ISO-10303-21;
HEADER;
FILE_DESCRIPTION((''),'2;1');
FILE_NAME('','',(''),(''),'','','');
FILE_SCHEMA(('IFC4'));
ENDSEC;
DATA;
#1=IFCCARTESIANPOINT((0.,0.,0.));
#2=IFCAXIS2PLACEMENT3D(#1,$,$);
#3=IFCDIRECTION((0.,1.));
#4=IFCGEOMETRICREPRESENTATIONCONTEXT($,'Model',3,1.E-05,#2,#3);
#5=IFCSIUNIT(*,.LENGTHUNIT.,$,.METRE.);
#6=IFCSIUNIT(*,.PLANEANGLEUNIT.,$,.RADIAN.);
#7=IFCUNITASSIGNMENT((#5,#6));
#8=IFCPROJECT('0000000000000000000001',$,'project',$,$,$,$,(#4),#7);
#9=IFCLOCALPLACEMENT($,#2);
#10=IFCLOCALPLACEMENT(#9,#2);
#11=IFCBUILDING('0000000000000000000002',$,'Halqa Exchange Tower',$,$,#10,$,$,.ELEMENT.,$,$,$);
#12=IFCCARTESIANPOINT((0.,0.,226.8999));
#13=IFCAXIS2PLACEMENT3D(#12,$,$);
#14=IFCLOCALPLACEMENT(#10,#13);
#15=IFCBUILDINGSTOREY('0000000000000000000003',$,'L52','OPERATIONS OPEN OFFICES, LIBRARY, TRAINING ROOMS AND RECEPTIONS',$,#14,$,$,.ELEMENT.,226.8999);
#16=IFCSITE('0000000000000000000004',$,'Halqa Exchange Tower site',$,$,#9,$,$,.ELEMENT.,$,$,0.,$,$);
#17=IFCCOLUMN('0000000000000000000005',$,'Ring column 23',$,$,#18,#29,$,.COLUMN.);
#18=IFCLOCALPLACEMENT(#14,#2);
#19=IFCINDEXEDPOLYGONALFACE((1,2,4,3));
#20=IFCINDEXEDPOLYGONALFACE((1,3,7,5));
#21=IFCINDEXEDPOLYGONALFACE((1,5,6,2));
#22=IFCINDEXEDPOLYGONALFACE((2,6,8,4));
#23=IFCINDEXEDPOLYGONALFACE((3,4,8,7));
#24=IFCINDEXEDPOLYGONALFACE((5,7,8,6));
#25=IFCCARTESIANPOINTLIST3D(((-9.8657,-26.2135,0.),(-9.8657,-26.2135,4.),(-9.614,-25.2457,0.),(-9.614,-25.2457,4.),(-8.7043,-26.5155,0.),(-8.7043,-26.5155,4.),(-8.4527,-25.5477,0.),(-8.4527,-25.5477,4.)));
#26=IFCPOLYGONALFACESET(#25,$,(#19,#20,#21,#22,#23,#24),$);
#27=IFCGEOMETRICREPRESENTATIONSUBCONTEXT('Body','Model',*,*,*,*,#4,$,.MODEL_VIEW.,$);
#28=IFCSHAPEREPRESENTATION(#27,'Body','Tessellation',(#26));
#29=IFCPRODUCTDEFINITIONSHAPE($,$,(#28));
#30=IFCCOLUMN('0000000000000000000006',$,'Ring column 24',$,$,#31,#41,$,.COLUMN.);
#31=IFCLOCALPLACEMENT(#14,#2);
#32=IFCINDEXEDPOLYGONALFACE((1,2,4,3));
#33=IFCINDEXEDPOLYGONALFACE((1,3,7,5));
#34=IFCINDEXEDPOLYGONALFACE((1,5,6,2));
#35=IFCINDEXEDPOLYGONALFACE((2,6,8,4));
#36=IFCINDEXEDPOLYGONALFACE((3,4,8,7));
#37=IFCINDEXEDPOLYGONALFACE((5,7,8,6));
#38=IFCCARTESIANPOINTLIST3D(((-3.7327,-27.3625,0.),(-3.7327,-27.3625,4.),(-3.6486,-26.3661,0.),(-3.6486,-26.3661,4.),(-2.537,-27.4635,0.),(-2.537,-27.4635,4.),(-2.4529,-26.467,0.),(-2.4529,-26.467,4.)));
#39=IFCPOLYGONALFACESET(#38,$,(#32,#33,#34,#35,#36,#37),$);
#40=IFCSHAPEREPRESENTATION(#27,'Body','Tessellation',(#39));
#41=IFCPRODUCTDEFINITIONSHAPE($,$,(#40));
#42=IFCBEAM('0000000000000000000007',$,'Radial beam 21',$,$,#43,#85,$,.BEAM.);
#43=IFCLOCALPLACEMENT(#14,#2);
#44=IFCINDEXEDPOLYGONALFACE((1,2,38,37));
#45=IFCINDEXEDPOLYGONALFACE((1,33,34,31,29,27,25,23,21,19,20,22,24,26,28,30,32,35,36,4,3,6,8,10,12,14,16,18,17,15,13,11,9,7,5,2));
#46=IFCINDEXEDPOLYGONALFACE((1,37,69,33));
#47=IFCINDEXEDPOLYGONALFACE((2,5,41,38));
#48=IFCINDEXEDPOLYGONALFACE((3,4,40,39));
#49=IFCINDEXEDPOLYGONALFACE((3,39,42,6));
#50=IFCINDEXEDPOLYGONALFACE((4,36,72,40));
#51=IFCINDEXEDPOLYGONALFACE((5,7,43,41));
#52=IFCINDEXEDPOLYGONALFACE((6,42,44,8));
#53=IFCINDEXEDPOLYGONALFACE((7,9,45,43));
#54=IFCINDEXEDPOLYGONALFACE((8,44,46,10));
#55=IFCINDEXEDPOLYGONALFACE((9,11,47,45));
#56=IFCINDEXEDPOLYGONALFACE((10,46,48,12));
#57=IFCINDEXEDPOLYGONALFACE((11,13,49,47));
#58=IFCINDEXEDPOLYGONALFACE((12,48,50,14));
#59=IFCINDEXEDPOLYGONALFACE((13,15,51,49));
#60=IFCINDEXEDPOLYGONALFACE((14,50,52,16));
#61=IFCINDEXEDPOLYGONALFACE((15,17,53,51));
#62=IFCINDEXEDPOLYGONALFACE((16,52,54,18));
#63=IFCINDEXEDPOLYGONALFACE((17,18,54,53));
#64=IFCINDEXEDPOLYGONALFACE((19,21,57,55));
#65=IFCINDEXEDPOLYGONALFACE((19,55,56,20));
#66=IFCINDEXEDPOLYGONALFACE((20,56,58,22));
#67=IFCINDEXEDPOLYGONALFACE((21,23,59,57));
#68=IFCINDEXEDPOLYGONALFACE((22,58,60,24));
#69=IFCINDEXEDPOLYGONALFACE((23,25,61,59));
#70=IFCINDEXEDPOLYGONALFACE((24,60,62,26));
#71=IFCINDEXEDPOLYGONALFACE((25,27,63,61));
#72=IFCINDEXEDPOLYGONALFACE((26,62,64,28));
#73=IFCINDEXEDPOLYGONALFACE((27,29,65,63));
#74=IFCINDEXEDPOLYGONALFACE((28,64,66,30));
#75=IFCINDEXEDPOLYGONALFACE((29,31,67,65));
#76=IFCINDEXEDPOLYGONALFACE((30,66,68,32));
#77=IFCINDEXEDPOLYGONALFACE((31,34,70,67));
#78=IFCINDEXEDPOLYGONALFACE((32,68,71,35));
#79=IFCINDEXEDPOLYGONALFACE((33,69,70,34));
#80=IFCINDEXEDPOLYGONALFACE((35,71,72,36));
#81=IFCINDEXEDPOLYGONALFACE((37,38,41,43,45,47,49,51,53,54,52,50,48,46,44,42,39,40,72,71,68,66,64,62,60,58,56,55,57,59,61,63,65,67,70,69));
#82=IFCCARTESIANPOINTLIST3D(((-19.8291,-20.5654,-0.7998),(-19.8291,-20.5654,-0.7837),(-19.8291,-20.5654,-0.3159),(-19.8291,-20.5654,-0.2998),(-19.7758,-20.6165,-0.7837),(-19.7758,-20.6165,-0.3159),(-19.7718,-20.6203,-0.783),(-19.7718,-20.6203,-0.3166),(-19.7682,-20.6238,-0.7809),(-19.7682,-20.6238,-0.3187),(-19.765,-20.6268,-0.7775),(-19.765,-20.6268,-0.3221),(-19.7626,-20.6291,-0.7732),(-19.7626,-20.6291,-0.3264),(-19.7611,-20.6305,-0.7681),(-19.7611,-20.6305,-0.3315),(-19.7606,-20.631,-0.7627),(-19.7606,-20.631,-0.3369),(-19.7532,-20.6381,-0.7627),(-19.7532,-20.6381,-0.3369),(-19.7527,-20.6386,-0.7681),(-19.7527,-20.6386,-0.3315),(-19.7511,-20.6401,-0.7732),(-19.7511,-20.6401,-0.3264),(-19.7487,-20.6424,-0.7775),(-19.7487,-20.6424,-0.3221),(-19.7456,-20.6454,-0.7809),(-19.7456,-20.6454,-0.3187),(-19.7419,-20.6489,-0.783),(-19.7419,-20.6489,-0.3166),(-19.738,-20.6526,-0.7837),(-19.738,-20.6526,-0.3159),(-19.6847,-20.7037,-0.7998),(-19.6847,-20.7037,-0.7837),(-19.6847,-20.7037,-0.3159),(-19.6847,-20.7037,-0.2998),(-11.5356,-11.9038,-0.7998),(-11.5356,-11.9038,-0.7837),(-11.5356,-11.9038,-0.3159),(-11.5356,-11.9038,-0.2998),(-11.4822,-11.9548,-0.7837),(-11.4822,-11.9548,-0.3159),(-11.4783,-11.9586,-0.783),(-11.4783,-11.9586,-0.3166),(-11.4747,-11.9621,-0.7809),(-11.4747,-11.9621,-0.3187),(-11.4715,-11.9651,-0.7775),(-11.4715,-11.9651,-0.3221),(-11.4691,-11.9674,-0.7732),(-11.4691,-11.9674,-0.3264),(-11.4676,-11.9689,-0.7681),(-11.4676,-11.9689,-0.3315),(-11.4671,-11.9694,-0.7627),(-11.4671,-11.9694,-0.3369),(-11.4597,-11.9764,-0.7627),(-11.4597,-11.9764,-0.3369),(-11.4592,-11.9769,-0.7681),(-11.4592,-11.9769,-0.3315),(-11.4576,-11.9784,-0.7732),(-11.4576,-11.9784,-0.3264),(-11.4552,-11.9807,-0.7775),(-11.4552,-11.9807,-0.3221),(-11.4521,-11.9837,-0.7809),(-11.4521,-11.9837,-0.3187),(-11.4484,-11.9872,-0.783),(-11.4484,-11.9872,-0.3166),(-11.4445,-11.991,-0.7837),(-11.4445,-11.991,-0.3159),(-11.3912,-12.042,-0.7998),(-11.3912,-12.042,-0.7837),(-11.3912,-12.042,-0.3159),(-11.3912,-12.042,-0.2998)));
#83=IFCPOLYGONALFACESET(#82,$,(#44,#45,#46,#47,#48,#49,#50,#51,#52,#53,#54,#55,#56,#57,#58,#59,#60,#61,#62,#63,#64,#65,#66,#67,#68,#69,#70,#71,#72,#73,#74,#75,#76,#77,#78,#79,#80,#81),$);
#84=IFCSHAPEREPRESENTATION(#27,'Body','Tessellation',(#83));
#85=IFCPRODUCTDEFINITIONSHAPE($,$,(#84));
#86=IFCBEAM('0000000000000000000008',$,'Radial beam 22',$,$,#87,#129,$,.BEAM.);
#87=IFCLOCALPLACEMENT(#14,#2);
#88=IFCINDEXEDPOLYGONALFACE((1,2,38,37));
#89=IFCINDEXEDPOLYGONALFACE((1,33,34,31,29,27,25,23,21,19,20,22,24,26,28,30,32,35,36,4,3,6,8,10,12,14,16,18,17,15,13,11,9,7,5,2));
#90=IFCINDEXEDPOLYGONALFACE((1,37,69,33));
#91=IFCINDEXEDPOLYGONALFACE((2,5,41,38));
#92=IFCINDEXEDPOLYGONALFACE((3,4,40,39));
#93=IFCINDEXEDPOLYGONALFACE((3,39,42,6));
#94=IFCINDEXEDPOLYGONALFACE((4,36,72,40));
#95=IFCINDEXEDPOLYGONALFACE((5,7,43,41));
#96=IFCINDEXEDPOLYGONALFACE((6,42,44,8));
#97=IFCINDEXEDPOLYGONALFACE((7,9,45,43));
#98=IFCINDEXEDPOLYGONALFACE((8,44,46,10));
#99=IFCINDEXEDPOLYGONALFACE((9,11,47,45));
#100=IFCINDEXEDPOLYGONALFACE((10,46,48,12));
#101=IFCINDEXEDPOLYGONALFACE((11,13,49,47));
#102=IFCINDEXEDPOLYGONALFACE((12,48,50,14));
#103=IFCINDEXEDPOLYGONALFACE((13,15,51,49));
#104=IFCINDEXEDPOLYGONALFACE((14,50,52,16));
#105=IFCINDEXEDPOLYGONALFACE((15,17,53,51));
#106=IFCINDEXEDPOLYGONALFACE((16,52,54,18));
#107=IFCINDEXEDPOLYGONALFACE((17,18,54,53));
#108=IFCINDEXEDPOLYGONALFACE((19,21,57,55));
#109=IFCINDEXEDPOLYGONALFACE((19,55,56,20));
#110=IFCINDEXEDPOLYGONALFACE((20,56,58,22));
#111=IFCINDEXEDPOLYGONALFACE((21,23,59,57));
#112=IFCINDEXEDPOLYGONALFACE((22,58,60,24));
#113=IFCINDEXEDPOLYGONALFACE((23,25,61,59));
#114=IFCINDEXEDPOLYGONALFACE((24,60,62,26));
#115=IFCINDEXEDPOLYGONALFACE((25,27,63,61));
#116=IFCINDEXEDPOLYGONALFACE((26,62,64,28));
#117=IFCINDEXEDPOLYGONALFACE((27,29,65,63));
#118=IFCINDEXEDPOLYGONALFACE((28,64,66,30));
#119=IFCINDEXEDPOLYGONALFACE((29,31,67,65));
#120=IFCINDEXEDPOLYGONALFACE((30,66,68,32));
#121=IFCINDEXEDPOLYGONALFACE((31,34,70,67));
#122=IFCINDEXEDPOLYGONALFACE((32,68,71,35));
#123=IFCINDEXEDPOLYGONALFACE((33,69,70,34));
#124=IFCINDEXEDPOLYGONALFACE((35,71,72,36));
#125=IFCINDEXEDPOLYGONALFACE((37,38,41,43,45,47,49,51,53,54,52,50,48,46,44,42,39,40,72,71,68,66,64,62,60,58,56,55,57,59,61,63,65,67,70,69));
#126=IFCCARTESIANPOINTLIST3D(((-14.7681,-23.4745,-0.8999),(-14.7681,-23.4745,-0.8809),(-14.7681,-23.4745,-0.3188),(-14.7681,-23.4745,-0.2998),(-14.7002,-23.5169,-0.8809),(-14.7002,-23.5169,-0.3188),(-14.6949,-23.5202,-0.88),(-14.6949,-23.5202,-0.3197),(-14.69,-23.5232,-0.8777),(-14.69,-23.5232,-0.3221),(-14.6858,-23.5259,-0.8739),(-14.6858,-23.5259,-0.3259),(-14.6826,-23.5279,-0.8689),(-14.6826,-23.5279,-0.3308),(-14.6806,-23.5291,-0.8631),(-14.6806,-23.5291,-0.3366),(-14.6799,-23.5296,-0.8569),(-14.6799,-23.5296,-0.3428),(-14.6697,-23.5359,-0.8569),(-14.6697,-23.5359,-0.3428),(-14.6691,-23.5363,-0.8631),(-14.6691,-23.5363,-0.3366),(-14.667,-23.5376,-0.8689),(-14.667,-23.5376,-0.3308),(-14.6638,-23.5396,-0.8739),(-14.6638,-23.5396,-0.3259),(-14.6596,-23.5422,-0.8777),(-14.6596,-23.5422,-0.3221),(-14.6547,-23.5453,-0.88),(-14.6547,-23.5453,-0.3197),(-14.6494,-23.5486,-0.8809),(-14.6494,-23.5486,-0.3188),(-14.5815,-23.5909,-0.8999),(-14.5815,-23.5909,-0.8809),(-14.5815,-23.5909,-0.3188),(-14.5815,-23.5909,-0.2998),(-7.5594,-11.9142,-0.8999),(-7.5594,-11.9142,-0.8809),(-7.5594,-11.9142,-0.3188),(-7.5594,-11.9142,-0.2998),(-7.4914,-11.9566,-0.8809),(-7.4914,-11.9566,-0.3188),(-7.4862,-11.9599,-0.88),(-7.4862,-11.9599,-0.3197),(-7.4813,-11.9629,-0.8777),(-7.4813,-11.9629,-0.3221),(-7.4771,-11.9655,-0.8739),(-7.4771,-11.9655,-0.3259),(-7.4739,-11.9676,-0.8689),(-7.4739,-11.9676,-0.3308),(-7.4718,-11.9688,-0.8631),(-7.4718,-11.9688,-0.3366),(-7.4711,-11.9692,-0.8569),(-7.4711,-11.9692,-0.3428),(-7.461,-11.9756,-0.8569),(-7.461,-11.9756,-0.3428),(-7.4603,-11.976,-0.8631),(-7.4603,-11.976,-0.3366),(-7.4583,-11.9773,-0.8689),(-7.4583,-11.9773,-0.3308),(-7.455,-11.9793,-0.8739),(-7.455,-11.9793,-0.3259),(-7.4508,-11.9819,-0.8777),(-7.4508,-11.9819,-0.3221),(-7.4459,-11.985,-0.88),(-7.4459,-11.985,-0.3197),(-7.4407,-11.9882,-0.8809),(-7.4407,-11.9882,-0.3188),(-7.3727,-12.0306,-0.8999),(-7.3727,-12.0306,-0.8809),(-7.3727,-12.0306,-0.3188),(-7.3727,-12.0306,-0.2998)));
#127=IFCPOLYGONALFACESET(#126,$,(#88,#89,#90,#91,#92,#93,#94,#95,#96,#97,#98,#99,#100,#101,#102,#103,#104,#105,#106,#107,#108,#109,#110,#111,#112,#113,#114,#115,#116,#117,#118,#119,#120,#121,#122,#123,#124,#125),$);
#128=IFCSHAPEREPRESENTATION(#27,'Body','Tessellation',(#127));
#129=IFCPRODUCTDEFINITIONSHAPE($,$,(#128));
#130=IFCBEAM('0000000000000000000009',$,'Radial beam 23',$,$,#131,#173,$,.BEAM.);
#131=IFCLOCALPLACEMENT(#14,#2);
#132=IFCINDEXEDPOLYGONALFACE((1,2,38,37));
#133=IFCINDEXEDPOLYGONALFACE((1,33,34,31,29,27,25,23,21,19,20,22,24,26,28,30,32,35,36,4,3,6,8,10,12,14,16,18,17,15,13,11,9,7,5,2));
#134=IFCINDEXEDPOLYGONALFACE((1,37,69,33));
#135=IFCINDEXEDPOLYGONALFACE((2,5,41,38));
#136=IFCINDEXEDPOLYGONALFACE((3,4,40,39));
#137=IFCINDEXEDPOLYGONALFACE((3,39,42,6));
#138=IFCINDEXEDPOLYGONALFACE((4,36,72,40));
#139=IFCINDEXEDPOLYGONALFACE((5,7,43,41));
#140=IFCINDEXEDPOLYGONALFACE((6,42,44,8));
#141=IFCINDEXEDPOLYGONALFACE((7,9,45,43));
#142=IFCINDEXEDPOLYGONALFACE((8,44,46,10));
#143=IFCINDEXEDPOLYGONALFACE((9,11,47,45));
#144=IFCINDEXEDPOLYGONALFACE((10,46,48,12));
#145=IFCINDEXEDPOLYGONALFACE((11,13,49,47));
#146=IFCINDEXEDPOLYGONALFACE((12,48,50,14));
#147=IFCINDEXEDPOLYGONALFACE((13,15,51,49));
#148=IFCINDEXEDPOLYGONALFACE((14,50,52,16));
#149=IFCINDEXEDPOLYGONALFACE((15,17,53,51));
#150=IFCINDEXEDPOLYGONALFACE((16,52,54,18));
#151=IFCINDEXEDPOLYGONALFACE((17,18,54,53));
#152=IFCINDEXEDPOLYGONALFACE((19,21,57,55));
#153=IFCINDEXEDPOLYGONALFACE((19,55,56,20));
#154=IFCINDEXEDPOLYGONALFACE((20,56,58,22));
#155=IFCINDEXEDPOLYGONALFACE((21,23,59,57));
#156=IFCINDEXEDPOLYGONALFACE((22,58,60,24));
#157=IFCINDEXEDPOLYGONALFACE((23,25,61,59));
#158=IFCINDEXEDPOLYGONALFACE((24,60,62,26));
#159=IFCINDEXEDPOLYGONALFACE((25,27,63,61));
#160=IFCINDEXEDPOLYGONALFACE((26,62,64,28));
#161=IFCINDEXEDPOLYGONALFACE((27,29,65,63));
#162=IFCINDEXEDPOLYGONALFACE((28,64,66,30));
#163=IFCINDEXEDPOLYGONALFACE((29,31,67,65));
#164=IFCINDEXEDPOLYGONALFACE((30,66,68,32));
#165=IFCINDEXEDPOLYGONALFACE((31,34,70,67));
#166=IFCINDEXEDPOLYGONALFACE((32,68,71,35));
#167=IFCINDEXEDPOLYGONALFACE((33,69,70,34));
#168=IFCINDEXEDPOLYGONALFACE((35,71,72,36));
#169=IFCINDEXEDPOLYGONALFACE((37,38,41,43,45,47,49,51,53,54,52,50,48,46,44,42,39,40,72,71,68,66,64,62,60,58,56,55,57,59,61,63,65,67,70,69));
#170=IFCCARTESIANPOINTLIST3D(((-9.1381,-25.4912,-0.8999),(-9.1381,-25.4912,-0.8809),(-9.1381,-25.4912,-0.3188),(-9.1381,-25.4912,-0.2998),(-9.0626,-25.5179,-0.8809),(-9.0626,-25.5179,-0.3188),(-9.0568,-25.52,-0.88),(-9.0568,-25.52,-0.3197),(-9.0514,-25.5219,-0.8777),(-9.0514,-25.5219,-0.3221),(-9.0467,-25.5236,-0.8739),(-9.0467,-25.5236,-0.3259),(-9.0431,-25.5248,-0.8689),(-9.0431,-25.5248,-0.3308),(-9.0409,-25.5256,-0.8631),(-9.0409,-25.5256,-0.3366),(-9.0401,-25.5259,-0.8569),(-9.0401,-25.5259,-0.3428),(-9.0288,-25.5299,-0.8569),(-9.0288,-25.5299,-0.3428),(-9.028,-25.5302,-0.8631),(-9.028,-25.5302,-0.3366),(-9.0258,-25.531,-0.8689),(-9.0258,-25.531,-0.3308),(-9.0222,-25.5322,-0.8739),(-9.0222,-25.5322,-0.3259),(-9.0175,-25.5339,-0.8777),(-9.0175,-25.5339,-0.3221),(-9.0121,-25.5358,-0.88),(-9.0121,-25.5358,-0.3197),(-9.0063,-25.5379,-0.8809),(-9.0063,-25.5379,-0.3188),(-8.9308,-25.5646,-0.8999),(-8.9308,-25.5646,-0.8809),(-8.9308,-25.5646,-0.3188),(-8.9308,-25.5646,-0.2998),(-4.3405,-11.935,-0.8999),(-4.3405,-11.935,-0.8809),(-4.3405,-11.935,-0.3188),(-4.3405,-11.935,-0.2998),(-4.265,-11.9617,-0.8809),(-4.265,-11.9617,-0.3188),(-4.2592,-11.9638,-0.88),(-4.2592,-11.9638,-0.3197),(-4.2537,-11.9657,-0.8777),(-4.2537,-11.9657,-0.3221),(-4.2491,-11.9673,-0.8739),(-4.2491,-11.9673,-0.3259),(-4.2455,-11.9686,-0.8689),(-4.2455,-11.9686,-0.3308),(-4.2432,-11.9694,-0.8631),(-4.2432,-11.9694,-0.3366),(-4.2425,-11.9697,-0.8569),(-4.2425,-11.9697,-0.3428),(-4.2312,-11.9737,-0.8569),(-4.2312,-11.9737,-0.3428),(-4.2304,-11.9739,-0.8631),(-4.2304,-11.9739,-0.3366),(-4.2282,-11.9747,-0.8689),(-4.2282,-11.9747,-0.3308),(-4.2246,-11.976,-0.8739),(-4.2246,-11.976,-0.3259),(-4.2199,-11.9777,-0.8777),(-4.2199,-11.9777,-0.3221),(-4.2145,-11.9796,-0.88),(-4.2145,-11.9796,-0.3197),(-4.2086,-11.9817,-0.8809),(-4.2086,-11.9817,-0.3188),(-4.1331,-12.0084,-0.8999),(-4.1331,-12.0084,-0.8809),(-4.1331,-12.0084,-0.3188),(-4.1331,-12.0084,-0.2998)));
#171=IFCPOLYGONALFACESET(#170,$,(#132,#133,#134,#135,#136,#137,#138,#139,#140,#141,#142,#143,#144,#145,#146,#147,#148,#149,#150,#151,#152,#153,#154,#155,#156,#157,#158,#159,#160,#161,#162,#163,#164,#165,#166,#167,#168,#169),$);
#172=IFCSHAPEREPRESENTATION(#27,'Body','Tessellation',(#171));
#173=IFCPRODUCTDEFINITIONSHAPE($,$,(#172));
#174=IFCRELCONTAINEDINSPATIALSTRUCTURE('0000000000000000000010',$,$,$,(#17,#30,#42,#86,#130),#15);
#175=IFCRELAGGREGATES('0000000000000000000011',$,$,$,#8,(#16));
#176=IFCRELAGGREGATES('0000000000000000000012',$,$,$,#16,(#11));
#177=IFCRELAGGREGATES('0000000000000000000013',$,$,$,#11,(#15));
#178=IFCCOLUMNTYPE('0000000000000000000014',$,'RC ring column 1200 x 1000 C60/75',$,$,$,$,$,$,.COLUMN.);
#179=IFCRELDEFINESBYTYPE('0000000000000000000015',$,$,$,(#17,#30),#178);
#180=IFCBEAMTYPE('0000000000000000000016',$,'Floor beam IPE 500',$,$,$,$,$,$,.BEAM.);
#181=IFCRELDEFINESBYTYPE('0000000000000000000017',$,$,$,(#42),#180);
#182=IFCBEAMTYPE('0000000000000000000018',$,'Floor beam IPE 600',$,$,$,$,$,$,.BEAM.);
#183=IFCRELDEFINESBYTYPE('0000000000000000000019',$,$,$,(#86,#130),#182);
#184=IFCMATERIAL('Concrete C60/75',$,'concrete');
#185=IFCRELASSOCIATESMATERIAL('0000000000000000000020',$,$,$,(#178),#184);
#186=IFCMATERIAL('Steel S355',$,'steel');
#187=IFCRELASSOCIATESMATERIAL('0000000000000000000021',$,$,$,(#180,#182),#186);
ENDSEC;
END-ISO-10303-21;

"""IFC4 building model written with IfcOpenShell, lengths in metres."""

from ifc_helpers import new_model, si_unit, direction, frame, origin, origin_2d, place, context, subcontext, project, spatial, rectangle, i_section, extrude, material, material_profile, profile_set, type_object, element, save


model = new_model("IFC4")

# Units and contexts
model_context = context("Model", 3, precision=1e-05, world=origin(), true_north=direction((0.0, 1.0)))
body_context = subcontext(model_context, "Body", "Model", "MODEL_VIEW")
ifc_project = project(units=[si_unit("LENGTHUNIT", "METRE"), si_unit("PLANEANGLEUNIT", "RADIAN")], contexts=[model_context])

# Site, building, storey
site_placement = place(None, origin())
site = spatial("IfcSite", under=ifc_project, at=site_placement, Name="Halqa Exchange Tower site", CompositionType="ELEMENT", RefElevation=0.0)
building_placement = place(site_placement, origin())
building = spatial("IfcBuilding", under=site, at=building_placement, Name="Halqa Exchange Tower", CompositionType="ELEMENT")
storey_placement = place(building_placement, frame((0.0, 0.0, 226.8999)))
storey = spatial("IfcBuildingStorey", under=building, at=storey_placement, Name="L52", Description="OPERATIONS OPEN OFFICES, LIBRARY, TRAINING ROOMS AND RECEPTIONS", CompositionType="ELEMENT", Elevation=226.8999)

# Columns
ifc_material_1 = material(Name="Concrete C60/75", Category="concrete")
ifc_material_profile_1 = material_profile(ifc_material_1, rectangle(XDim=1.2, YDim=1.0, at=origin_2d()), Name="1200 x 1000")
ifc_profile_set_1 = profile_set([ifc_material_profile_1], Name="Concrete C60/75")
column_type = type_object("IfcColumnType", Name="RC ring column 1200 x 1000 C60/75", PredefinedType="COLUMN", material=ifc_profile_set_1)
for number, where, z_axis, x_axis, name in (
    (1, (-9.1592, -25.8806, 0.0), (0.0, 0.0, 1.0), (0.967818, -0.25165, 0.0), "Ring column 23"),
    (2, (-3.0928, -26.9148, 0.0), (0.0, 0.0, 1.0), (0.996455, -0.084128, 0.0), "Ring column 24"),
):
    element("IfcColumn", number, at=place(storey_placement, frame(where, z_axis=z_axis, x_axis=x_axis)), inside=storey, type_object=column_type, Name=name, PredefinedType="COLUMN", context=body_context, shape_type="SweptSolid", body=[
        extrude(rectangle(XDim=1.2, YDim=1.0, at=origin_2d()), origin(), (0.0, 0.0, 1.0), 4.0),
    ])

# Beams
ifc_material_2 = material(Name="Steel S355", Category="steel")
ifc_material_profile_2 = material_profile(ifc_material_2, i_section(OverallWidth=0.2, OverallDepth=0.5, WebThickness=0.0103, FlangeThickness=0.0161, FilletRadius=0.021, at=origin_2d()), Name="IPE 500")
ifc_profile_set_2 = profile_set([ifc_material_profile_2], Name="Steel S355")
beam_type_1 = type_object("IfcBeamType", Name="Floor beam IPE 500", PredefinedType="BEAM", material=ifc_profile_set_2)
beam_1_placement = place(storey_placement, frame((-11.4634, -11.9729, -0.5498), z_axis=(-0.69159, -0.722291, 0.0), x_axis=(0.722291, -0.69159, 0.0)))
element("IfcBeam", 3, at=beam_1_placement, inside=storey, type_object=beam_type_1, Name="Radial beam 21", PredefinedType="BEAM", context=body_context, shape_type="SweptSolid", body=[
    extrude(i_section(OverallWidth=0.2, OverallDepth=0.5, WebThickness=0.0103, FlangeThickness=0.0161, FilletRadius=0.021, at=origin_2d()), origin(), (0.0, 0.0, 1.0), 11.9919),
])
ifc_material_profile_3 = material_profile(ifc_material_2, i_section(OverallWidth=0.22, OverallDepth=0.6001, WebThickness=0.012, FlangeThickness=0.019, FilletRadius=0.0239, at=origin_2d()), Name="IPE 600")
ifc_profile_set_3 = profile_set([ifc_material_profile_3], Name="Steel S355")
beam_type_2 = type_object("IfcBeamType", Name="Floor beam IPE 600", PredefinedType="BEAM", material=ifc_profile_set_3)
beam_2_placement = place(storey_placement, frame((-7.4661, -11.9724, -0.5999), z_axis=(-0.52913, -0.848541, 0.0), x_axis=(0.848541, -0.52913, 0.0)))
element("IfcBeam", 4, at=beam_2_placement, inside=storey, type_object=beam_type_2, Name="Radial beam 22", PredefinedType="BEAM", context=body_context, shape_type="SweptSolid", body=[
    extrude(i_section(OverallWidth=0.22, OverallDepth=0.6001, WebThickness=0.012, FlangeThickness=0.019, FilletRadius=0.0239, at=origin_2d()), origin(), (0.0, 0.0, 1.0), 13.6238),
])
beam_3_placement = place(storey_placement, frame((-4.2368, -11.9717, -0.5999), z_axis=(-0.333629, -0.942704, 0.0), x_axis=(0.942704, -0.333629, 0.0)))
element("IfcBeam", 5, at=beam_3_placement, inside=storey, type_object=beam_type_2, Name="Radial beam 23", PredefinedType="BEAM", context=body_context, shape_type="SweptSolid", body=[
    extrude(i_section(OverallWidth=0.22, OverallDepth=0.6001, WebThickness=0.012, FlangeThickness=0.019, FilletRadius=0.0239, at=origin_2d()), origin(), (0.0, 0.0, 1.0), 14.3801),
])

save(model, "model.ifc")
